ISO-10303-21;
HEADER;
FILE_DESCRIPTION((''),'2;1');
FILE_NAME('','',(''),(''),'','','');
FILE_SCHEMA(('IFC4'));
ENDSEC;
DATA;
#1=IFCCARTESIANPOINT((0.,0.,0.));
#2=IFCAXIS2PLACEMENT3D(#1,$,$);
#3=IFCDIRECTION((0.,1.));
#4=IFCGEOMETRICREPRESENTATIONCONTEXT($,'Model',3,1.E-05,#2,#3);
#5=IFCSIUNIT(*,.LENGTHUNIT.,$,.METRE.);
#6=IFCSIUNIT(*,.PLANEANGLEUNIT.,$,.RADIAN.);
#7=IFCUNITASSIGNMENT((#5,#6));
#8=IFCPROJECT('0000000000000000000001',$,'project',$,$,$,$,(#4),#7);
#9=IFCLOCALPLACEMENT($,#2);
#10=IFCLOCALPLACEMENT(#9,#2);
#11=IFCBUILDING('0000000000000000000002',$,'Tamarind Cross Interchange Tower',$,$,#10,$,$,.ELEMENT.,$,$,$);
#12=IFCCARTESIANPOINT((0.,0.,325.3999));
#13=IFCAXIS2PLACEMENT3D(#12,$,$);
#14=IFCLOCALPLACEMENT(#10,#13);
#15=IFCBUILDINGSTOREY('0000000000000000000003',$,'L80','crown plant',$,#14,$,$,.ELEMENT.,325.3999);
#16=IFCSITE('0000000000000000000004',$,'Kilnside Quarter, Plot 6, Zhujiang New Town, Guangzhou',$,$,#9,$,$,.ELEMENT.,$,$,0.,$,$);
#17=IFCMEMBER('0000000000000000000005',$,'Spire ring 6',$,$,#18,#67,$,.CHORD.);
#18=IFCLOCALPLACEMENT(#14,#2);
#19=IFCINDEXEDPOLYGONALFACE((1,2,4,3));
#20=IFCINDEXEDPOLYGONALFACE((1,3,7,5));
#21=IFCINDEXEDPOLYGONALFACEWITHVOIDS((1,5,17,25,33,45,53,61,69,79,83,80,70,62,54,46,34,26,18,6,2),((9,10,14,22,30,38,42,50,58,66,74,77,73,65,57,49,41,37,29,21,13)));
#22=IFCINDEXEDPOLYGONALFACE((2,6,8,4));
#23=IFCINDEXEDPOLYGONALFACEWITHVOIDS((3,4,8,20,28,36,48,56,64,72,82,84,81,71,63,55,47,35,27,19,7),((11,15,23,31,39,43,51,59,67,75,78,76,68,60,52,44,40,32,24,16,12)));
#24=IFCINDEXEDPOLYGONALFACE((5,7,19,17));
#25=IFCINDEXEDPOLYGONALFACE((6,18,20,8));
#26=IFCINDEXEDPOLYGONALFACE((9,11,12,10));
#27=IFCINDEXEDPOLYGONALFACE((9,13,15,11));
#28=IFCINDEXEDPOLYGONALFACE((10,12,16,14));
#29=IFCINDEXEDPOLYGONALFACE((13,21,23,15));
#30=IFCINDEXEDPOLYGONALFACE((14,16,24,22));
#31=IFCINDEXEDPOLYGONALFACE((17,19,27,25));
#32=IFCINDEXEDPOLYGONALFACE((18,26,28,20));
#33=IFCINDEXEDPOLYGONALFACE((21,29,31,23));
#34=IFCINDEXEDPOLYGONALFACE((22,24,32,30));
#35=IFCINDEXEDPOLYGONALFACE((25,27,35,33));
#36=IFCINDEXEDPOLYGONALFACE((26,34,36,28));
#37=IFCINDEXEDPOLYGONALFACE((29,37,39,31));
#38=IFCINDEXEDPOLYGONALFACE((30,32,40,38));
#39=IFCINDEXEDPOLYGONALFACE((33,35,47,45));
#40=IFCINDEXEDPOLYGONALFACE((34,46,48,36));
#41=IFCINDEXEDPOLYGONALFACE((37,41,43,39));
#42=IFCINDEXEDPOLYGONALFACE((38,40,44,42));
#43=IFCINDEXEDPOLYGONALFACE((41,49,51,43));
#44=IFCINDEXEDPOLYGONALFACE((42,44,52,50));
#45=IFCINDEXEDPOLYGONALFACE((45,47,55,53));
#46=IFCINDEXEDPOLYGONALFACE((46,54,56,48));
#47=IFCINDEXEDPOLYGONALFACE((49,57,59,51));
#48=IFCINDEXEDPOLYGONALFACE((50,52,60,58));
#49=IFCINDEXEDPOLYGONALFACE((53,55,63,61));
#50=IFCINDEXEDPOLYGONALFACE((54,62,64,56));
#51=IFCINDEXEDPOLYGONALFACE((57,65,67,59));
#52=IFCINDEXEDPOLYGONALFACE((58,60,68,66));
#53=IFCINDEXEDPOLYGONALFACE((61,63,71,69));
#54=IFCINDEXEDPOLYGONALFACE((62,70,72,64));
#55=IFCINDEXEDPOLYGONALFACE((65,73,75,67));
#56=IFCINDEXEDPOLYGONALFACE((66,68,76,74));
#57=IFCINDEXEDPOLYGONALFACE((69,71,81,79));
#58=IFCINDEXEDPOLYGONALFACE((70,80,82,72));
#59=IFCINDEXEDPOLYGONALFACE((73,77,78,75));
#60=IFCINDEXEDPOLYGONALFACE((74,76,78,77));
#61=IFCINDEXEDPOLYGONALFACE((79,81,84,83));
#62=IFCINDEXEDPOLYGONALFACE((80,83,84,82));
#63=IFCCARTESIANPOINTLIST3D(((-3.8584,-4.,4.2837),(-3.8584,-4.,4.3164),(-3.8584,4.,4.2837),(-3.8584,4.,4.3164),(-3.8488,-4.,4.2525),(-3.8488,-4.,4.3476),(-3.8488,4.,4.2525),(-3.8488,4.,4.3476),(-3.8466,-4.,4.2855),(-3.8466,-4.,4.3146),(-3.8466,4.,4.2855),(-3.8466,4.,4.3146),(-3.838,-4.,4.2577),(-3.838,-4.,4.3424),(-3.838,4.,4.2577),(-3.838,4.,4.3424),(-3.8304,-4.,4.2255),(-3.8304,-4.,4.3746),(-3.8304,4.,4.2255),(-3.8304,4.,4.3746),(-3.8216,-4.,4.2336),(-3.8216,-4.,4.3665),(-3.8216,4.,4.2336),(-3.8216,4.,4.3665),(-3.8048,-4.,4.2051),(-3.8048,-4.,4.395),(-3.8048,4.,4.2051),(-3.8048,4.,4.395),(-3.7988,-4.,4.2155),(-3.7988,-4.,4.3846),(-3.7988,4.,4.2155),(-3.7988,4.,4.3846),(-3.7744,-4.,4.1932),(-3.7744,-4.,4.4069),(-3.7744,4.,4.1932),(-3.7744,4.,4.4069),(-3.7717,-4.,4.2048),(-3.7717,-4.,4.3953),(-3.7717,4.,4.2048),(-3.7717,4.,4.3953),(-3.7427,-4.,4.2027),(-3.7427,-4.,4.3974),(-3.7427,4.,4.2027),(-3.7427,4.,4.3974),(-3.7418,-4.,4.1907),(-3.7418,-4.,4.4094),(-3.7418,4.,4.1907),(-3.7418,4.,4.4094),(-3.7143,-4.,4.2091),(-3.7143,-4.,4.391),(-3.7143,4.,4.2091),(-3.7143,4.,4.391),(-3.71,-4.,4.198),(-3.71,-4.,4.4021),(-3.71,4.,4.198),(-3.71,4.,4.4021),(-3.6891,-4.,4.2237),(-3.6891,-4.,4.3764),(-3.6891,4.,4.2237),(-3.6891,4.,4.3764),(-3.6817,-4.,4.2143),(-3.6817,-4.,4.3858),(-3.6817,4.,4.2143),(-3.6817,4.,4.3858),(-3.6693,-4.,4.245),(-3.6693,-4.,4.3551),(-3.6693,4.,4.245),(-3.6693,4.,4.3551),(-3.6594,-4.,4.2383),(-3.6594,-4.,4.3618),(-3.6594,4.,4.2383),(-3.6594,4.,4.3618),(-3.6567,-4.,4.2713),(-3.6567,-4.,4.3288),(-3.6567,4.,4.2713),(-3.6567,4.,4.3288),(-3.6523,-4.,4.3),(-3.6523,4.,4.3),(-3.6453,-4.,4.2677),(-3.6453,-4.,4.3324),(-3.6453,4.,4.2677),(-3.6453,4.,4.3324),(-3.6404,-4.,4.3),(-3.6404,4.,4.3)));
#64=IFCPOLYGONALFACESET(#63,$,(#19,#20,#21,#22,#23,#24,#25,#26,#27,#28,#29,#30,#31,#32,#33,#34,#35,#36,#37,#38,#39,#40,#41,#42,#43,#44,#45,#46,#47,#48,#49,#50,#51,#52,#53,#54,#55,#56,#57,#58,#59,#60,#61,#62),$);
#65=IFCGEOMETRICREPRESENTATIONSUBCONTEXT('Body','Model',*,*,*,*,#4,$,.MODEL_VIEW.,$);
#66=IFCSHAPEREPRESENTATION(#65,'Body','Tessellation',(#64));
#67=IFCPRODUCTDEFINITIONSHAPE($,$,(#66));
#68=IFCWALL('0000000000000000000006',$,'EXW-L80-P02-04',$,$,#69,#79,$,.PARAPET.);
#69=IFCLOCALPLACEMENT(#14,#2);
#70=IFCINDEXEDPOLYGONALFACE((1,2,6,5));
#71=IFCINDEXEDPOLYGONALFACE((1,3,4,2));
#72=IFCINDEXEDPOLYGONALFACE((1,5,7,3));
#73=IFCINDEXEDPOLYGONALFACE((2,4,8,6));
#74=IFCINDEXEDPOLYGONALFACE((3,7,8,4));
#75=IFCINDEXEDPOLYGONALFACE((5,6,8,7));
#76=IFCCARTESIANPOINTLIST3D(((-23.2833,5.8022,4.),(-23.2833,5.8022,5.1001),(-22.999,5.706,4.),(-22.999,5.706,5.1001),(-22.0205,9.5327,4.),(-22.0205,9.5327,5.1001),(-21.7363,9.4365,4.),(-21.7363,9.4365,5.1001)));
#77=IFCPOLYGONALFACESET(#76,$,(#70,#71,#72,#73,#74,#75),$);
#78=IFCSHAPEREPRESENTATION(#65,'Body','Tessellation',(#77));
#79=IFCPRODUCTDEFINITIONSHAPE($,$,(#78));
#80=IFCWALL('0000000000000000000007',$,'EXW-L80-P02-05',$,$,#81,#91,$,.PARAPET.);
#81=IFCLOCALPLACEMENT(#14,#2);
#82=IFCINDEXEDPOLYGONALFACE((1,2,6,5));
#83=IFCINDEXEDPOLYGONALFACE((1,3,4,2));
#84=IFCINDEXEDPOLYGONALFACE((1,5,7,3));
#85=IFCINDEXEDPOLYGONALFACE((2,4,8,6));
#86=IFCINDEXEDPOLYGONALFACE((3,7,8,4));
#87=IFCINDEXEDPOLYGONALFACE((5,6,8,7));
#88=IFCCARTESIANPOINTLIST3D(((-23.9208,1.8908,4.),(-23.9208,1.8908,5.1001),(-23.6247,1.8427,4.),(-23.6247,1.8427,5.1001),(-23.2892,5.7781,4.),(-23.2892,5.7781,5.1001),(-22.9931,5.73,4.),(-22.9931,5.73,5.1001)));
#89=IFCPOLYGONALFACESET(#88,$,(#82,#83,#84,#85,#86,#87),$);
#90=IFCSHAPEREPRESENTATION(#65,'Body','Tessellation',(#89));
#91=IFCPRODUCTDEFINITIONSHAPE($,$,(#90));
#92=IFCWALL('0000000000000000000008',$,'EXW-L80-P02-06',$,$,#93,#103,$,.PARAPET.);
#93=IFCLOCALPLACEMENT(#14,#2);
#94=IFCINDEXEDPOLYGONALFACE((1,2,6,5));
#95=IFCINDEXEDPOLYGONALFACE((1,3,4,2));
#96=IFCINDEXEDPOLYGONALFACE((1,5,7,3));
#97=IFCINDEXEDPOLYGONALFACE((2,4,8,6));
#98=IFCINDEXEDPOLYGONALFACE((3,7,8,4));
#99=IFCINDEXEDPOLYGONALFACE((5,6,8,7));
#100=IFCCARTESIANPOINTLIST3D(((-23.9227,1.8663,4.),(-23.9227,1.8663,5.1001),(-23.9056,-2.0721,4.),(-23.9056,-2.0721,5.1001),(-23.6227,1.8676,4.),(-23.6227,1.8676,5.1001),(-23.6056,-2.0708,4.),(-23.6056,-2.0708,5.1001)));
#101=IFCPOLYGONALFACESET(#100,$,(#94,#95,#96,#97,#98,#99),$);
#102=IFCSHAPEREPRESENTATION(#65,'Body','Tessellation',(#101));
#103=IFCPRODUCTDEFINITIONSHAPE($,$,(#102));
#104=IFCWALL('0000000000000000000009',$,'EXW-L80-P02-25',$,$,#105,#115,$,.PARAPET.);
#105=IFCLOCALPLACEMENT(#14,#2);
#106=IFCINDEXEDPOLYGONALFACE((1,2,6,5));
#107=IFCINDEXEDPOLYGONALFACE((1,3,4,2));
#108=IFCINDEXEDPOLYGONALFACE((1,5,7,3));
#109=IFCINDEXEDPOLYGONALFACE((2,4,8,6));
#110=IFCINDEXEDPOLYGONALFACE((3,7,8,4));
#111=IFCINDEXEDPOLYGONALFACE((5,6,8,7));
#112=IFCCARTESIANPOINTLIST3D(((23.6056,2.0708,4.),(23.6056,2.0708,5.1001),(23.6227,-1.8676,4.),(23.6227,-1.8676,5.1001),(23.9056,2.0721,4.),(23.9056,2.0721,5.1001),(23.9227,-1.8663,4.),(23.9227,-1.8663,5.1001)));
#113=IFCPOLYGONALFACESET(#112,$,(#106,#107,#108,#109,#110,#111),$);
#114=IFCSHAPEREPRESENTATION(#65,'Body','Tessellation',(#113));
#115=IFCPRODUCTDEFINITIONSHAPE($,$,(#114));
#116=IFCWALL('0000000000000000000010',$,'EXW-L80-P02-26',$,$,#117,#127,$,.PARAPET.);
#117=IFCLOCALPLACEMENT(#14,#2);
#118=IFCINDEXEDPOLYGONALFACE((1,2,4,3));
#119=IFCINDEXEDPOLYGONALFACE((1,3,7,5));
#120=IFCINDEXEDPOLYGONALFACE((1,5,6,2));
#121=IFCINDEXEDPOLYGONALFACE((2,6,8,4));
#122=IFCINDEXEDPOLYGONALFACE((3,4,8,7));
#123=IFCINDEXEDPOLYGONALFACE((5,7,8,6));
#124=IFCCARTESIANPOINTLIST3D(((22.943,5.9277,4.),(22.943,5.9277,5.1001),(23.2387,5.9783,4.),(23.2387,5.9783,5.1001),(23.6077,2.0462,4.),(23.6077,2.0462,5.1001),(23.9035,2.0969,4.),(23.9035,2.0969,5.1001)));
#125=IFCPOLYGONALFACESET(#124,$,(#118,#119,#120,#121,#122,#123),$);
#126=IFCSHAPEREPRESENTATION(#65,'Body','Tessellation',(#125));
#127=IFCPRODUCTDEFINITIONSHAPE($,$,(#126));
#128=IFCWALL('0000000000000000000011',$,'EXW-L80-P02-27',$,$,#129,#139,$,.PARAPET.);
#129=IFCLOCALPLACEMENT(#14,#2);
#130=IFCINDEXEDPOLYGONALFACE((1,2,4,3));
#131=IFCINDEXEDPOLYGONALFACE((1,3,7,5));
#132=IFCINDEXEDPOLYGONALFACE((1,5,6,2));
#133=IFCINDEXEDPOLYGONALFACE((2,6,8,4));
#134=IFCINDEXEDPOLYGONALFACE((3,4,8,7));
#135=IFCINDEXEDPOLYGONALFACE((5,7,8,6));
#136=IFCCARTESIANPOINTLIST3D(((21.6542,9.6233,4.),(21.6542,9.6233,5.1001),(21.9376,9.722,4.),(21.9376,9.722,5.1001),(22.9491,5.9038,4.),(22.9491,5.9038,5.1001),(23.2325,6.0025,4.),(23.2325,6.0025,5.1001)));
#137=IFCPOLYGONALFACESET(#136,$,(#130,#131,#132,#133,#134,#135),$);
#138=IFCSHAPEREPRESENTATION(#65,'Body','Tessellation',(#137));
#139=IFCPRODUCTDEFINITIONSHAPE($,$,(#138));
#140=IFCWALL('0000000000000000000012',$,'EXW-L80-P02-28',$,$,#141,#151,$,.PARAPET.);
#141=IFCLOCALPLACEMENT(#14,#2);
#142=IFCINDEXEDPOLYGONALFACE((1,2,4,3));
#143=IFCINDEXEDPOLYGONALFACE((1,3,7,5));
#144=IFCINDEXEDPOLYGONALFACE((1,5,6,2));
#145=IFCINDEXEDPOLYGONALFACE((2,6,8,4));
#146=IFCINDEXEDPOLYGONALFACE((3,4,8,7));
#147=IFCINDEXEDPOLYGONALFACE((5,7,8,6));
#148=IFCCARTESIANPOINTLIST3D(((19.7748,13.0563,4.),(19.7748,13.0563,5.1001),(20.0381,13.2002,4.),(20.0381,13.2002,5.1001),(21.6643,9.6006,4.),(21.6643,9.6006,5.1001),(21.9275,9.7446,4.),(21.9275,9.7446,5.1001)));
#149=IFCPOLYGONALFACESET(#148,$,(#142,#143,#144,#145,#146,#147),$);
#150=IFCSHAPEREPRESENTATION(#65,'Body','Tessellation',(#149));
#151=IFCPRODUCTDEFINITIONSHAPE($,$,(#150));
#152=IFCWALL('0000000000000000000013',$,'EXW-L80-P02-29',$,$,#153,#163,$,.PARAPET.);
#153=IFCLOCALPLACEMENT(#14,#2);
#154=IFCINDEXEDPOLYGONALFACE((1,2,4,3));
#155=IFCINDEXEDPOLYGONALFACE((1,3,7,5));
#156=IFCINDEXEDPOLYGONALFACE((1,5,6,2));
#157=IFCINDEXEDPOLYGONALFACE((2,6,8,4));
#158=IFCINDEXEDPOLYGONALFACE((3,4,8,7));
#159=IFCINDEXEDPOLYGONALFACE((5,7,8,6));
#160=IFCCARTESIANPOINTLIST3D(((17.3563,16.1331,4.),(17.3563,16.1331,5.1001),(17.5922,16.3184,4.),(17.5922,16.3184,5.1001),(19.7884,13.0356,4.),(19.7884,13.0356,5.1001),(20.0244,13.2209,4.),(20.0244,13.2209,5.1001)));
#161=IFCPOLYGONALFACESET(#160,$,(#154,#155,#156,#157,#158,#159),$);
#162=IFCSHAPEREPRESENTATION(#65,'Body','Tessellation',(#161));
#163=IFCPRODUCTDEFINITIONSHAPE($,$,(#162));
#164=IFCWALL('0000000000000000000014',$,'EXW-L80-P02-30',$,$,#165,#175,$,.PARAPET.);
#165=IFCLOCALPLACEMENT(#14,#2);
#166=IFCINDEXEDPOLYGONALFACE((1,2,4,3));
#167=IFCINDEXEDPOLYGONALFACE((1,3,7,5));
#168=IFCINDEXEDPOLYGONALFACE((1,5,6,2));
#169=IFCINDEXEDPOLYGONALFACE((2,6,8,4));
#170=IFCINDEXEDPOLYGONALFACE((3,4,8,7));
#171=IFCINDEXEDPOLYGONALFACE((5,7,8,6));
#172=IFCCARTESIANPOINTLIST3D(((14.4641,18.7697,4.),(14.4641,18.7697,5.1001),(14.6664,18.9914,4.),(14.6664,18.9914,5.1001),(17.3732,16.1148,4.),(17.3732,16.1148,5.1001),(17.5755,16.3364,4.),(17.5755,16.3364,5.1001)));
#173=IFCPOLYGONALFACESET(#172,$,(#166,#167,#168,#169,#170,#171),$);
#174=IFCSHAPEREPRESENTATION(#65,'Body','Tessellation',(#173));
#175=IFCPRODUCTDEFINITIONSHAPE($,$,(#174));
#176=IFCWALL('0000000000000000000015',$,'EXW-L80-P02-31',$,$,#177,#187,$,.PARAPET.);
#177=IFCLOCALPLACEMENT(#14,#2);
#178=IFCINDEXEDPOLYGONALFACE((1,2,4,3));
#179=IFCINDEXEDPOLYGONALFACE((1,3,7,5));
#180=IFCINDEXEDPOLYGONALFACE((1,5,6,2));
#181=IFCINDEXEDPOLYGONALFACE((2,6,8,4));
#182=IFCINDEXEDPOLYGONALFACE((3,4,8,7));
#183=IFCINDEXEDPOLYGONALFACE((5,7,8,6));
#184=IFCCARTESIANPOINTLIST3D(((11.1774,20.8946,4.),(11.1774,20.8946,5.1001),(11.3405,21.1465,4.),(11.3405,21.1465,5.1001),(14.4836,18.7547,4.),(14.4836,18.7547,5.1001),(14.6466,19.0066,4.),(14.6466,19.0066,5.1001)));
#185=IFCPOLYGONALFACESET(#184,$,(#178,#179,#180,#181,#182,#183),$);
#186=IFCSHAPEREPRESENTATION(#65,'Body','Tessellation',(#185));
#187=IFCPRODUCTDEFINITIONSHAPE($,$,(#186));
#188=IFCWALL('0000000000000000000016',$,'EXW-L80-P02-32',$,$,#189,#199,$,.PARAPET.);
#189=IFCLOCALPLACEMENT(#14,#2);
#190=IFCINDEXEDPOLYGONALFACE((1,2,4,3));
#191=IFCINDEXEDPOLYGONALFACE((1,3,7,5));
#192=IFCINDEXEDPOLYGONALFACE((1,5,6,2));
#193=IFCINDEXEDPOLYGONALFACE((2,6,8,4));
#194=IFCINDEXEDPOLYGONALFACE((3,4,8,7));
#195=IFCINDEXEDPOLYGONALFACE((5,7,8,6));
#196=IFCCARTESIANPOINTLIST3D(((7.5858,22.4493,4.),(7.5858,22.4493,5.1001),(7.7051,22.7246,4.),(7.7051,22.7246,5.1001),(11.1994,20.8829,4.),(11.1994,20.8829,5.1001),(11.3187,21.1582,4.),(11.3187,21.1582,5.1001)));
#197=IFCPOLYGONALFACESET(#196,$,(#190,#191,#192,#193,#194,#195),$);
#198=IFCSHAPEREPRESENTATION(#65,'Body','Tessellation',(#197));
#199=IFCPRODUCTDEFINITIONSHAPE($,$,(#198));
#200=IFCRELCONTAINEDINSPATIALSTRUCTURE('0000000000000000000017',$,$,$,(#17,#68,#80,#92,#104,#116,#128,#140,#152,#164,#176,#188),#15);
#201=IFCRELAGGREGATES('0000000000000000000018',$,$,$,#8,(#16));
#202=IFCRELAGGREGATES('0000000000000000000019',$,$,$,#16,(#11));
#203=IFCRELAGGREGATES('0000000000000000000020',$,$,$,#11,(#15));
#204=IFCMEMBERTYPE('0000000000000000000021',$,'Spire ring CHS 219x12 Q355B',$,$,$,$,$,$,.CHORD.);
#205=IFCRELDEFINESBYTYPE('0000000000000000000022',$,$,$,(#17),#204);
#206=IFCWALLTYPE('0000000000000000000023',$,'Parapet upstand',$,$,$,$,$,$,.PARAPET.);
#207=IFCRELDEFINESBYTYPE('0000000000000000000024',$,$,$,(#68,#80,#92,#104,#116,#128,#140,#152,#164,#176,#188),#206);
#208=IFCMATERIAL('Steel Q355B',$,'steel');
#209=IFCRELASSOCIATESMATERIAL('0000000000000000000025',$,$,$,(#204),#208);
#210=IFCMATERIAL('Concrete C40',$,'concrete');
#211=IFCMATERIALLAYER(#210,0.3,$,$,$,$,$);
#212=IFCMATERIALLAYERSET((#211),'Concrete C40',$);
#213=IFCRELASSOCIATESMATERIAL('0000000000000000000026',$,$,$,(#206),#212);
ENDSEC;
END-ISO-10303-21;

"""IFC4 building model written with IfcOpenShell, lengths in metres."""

from ifc_helpers import new_model, si_unit, direction, frame, frame_2d, origin, origin_2d, place, context, subcontext, project, spatial, rectangle, hollow_circle, extrude, material, layer, layer_set, material_profile, profile_set, type_object, element, save


model = new_model("IFC4")

# Units and contexts
model_context = context("Model", 3, precision=1e-05, world=origin(), true_north=direction((0.0, 1.0)))
body_context = subcontext(model_context, "Body", "Model", "MODEL_VIEW")
ifc_project = project(units=[si_unit("LENGTHUNIT", "METRE"), si_unit("PLANEANGLEUNIT", "RADIAN")], contexts=[model_context])

# Site, building, storey
site_placement = place(None, origin())
site = spatial("IfcSite", under=ifc_project, at=site_placement, Name="Kilnside Quarter, Plot 6, Zhujiang New Town, Guangzhou", CompositionType="ELEMENT", RefElevation=0.0)
building_placement = place(site_placement, origin())
building = spatial("IfcBuilding", under=site, at=building_placement, Name="Tamarind Cross Interchange Tower", CompositionType="ELEMENT")
storey_placement = place(building_placement, frame((0.0, 0.0, 325.3999)))
storey = spatial("IfcBuildingStorey", under=building, at=storey_placement, Name="L80", Description="crown plant", CompositionType="ELEMENT", Elevation=325.3999)

# Member
ifc_material_1 = material(Name="Steel Q355B", Category="steel")
ifc_material_profile_1 = material_profile(ifc_material_1, hollow_circle(Radius=0.1096, WallThickness=0.012, at=origin_2d()), Name="CHS 219x12")
ifc_profile_set_1 = profile_set([ifc_material_profile_1], Name="Steel Q355B")
member_type_1 = type_object("IfcMemberType", Name="Spire ring CHS 219x12 Q355B", PredefinedType="CHORD", material=ifc_profile_set_1)
member_1_placement = place(storey_placement, frame((-3.75, 4.0, 4.3), z_axis=(0.0, -1.0, 0.0), x_axis=(1.0, 0.0, 0.0)))
element("IfcMember", 1, at=member_1_placement, inside=storey, type_object=member_type_1, Name="Spire ring 6", PredefinedType="CHORD", context=body_context, shape_type="SweptSolid", body=[
    extrude(hollow_circle(Radius=0.1096, WallThickness=0.012, at=origin_2d()), origin(), (0.0, 0.0, 1.0), 8.0),
])

# Walls
ifc_material_2 = material(Name="Concrete C40", Category="concrete")
ifc_layer = layer(ifc_material_2, 0.3)
ifc_layer_set = layer_set([ifc_layer], Name="Concrete C40")
wall_type = type_object("IfcWallType", Name="Parapet upstand", PredefinedType="PARAPET", material=ifc_layer_set)
wall_1_placement = place(storey_placement, frame((-21.8784, 9.4846, 4.0), z_axis=(0.0, 0.0, 1.0), x_axis=(-0.320613, -0.94721, 0.0)))
element("IfcWall", 2, at=wall_1_placement, inside=storey, type_object=wall_type, Name="EXW-L80-P02-04", PredefinedType="PARAPET", context=body_context, shape_type="SweptSolid", body=[
    extrude(rectangle(XDim=3.9385, YDim=0.3, at=frame_2d((1.9692, 0.0))), origin(), (0.0, 0.0, 1.0), 1.1001),
])
wall_2_placement = place(storey_placement, frame((-23.1411, 5.7542, 4.0), z_axis=(0.0, 0.0, 1.0), x_axis=(-0.160376, -0.987056, 0.0)))
element("IfcWall", 3, at=wall_2_placement, inside=storey, type_object=wall_type, Name="EXW-L80-P02-05", PredefinedType="PARAPET", context=body_context, shape_type="SweptSolid", body=[
    extrude(rectangle(XDim=3.9382, YDim=0.3, at=frame_2d((1.9692, 0.0))), origin(), (0.0, 0.0, 1.0), 1.1001),
])
for number, where, z_axis, x_axis, name in (
    (4, (-23.7727, 1.8669, 4.0), (0.0, 0.0, 1.0), (0.004339, -0.999991, 0.0), "EXW-L80-P02-06"),
    (5, (23.7727, -1.8669, 4.0), (0.0, 0.0, 1.0), (-0.004339, 0.999991, 0.0), "EXW-L80-P02-25"),
):
    element("IfcWall", number, at=place(storey_placement, frame(where, z_axis=z_axis, x_axis=x_axis)), inside=storey, type_object=wall_type, Name=name, PredefinedType="PARAPET", context=body_context, shape_type="SweptSolid", body=[
        extrude(rectangle(XDim=3.9385, YDim=0.3, at=frame_2d((1.9692, 0.0))), origin(), (0.0, 0.0, 1.0), 1.1001),
    ])
wall_3_placement = place(storey_placement, frame((23.7556, 2.0715, 4.0), z_axis=(0.0, 0.0, 1.0), x_axis=(-0.168811, 0.985648, 0.0)))
element("IfcWall", 6, at=wall_3_placement, inside=storey, type_object=wall_type, Name="EXW-L80-P02-26", PredefinedType="PARAPET", context=body_context, shape_type="SweptSolid", body=[
    extrude(rectangle(XDim=3.938, YDim=0.3, at=frame_2d((1.969, 0.0))), origin(), (0.0, 0.0, 1.0), 1.1001),
])
for number, where, z_axis, x_axis, name in (
    (7, (23.0908, 5.9531, 4.0), (0.0, 0.0, 1.0), (-0.32879, 0.944403, 0.0), "EXW-L80-P02-27"),
    (8, (21.7959, 9.6726, 4.0), (0.0, 0.0, 1.0), (-0.479742, 0.877409, 0.0), "EXW-L80-P02-28"),
):
    element("IfcWall", number, at=place(storey_placement, frame(where, z_axis=z_axis, x_axis=x_axis)), inside=storey, type_object=wall_type, Name=name, PredefinedType="PARAPET", context=body_context, shape_type="SweptSolid", body=[
        extrude(rectangle(XDim=3.9385, YDim=0.3, at=frame_2d((1.9692, 0.0))), origin(), (0.0, 0.0, 1.0), 1.1001),
    ])
wall_4_placement = place(storey_placement, frame((19.9065, 13.1282, 4.0), z_axis=(0.0, 0.0, 1.0), x_axis=(-0.617578, 0.78651, 0.0)))
element("IfcWall", 9, at=wall_4_placement, inside=storey, type_object=wall_type, Name="EXW-L80-P02-29", PredefinedType="PARAPET", context=body_context, shape_type="SweptSolid", body=[
    extrude(rectangle(XDim=3.9382, YDim=0.3, at=frame_2d((1.9692, 0.0))), origin(), (0.0, 0.0, 1.0), 1.1001),
])
wall_5_placement = place(storey_placement, frame((17.4744, 16.2256, 4.0), z_axis=(0.0, 0.0, 1.0), x_axis=(-0.738634, 0.674106, 0.0)))
element("IfcWall", 10, at=wall_5_placement, inside=storey, type_object=wall_type, Name="EXW-L80-P02-30", PredefinedType="PARAPET", context=body_context, shape_type="SweptSolid", body=[
    extrude(rectangle(XDim=3.9385, YDim=0.3, at=frame_2d((1.9692, 0.0))), origin(), (0.0, 0.0, 1.0), 1.1001),
])
wall_6_placement = place(storey_placement, frame((14.5652, 18.8806, 4.0), z_axis=(0.0, 0.0, 1.0), x_axis=(-0.839499, 0.543362, 0.0)))
element("IfcWall", 11, at=wall_6_placement, inside=storey, type_object=wall_type, Name="EXW-L80-P02-31", PredefinedType="PARAPET", context=body_context, shape_type="SweptSolid", body=[
    extrude(rectangle(XDim=3.9382, YDim=0.3, at=frame_2d((1.9692, 0.0))), origin(), (0.0, 0.0, 1.0), 1.1001),
])
wall_7_placement = place(storey_placement, frame((11.259, 21.0205, 4.0), z_axis=(0.0, 0.0, 1.0), x_axis=(-0.917505, 0.397724, 0.0)))
element("IfcWall", 12, at=wall_7_placement, inside=storey, type_object=wall_type, Name="EXW-L80-P02-32", PredefinedType="PARAPET", context=body_context, shape_type="SweptSolid", body=[
    extrude(rectangle(XDim=3.9385, YDim=0.3, at=frame_2d((1.9692, 0.0))), origin(), (0.0, 0.0, 1.0), 1.1001),
])

save(model, "model.ifc")
